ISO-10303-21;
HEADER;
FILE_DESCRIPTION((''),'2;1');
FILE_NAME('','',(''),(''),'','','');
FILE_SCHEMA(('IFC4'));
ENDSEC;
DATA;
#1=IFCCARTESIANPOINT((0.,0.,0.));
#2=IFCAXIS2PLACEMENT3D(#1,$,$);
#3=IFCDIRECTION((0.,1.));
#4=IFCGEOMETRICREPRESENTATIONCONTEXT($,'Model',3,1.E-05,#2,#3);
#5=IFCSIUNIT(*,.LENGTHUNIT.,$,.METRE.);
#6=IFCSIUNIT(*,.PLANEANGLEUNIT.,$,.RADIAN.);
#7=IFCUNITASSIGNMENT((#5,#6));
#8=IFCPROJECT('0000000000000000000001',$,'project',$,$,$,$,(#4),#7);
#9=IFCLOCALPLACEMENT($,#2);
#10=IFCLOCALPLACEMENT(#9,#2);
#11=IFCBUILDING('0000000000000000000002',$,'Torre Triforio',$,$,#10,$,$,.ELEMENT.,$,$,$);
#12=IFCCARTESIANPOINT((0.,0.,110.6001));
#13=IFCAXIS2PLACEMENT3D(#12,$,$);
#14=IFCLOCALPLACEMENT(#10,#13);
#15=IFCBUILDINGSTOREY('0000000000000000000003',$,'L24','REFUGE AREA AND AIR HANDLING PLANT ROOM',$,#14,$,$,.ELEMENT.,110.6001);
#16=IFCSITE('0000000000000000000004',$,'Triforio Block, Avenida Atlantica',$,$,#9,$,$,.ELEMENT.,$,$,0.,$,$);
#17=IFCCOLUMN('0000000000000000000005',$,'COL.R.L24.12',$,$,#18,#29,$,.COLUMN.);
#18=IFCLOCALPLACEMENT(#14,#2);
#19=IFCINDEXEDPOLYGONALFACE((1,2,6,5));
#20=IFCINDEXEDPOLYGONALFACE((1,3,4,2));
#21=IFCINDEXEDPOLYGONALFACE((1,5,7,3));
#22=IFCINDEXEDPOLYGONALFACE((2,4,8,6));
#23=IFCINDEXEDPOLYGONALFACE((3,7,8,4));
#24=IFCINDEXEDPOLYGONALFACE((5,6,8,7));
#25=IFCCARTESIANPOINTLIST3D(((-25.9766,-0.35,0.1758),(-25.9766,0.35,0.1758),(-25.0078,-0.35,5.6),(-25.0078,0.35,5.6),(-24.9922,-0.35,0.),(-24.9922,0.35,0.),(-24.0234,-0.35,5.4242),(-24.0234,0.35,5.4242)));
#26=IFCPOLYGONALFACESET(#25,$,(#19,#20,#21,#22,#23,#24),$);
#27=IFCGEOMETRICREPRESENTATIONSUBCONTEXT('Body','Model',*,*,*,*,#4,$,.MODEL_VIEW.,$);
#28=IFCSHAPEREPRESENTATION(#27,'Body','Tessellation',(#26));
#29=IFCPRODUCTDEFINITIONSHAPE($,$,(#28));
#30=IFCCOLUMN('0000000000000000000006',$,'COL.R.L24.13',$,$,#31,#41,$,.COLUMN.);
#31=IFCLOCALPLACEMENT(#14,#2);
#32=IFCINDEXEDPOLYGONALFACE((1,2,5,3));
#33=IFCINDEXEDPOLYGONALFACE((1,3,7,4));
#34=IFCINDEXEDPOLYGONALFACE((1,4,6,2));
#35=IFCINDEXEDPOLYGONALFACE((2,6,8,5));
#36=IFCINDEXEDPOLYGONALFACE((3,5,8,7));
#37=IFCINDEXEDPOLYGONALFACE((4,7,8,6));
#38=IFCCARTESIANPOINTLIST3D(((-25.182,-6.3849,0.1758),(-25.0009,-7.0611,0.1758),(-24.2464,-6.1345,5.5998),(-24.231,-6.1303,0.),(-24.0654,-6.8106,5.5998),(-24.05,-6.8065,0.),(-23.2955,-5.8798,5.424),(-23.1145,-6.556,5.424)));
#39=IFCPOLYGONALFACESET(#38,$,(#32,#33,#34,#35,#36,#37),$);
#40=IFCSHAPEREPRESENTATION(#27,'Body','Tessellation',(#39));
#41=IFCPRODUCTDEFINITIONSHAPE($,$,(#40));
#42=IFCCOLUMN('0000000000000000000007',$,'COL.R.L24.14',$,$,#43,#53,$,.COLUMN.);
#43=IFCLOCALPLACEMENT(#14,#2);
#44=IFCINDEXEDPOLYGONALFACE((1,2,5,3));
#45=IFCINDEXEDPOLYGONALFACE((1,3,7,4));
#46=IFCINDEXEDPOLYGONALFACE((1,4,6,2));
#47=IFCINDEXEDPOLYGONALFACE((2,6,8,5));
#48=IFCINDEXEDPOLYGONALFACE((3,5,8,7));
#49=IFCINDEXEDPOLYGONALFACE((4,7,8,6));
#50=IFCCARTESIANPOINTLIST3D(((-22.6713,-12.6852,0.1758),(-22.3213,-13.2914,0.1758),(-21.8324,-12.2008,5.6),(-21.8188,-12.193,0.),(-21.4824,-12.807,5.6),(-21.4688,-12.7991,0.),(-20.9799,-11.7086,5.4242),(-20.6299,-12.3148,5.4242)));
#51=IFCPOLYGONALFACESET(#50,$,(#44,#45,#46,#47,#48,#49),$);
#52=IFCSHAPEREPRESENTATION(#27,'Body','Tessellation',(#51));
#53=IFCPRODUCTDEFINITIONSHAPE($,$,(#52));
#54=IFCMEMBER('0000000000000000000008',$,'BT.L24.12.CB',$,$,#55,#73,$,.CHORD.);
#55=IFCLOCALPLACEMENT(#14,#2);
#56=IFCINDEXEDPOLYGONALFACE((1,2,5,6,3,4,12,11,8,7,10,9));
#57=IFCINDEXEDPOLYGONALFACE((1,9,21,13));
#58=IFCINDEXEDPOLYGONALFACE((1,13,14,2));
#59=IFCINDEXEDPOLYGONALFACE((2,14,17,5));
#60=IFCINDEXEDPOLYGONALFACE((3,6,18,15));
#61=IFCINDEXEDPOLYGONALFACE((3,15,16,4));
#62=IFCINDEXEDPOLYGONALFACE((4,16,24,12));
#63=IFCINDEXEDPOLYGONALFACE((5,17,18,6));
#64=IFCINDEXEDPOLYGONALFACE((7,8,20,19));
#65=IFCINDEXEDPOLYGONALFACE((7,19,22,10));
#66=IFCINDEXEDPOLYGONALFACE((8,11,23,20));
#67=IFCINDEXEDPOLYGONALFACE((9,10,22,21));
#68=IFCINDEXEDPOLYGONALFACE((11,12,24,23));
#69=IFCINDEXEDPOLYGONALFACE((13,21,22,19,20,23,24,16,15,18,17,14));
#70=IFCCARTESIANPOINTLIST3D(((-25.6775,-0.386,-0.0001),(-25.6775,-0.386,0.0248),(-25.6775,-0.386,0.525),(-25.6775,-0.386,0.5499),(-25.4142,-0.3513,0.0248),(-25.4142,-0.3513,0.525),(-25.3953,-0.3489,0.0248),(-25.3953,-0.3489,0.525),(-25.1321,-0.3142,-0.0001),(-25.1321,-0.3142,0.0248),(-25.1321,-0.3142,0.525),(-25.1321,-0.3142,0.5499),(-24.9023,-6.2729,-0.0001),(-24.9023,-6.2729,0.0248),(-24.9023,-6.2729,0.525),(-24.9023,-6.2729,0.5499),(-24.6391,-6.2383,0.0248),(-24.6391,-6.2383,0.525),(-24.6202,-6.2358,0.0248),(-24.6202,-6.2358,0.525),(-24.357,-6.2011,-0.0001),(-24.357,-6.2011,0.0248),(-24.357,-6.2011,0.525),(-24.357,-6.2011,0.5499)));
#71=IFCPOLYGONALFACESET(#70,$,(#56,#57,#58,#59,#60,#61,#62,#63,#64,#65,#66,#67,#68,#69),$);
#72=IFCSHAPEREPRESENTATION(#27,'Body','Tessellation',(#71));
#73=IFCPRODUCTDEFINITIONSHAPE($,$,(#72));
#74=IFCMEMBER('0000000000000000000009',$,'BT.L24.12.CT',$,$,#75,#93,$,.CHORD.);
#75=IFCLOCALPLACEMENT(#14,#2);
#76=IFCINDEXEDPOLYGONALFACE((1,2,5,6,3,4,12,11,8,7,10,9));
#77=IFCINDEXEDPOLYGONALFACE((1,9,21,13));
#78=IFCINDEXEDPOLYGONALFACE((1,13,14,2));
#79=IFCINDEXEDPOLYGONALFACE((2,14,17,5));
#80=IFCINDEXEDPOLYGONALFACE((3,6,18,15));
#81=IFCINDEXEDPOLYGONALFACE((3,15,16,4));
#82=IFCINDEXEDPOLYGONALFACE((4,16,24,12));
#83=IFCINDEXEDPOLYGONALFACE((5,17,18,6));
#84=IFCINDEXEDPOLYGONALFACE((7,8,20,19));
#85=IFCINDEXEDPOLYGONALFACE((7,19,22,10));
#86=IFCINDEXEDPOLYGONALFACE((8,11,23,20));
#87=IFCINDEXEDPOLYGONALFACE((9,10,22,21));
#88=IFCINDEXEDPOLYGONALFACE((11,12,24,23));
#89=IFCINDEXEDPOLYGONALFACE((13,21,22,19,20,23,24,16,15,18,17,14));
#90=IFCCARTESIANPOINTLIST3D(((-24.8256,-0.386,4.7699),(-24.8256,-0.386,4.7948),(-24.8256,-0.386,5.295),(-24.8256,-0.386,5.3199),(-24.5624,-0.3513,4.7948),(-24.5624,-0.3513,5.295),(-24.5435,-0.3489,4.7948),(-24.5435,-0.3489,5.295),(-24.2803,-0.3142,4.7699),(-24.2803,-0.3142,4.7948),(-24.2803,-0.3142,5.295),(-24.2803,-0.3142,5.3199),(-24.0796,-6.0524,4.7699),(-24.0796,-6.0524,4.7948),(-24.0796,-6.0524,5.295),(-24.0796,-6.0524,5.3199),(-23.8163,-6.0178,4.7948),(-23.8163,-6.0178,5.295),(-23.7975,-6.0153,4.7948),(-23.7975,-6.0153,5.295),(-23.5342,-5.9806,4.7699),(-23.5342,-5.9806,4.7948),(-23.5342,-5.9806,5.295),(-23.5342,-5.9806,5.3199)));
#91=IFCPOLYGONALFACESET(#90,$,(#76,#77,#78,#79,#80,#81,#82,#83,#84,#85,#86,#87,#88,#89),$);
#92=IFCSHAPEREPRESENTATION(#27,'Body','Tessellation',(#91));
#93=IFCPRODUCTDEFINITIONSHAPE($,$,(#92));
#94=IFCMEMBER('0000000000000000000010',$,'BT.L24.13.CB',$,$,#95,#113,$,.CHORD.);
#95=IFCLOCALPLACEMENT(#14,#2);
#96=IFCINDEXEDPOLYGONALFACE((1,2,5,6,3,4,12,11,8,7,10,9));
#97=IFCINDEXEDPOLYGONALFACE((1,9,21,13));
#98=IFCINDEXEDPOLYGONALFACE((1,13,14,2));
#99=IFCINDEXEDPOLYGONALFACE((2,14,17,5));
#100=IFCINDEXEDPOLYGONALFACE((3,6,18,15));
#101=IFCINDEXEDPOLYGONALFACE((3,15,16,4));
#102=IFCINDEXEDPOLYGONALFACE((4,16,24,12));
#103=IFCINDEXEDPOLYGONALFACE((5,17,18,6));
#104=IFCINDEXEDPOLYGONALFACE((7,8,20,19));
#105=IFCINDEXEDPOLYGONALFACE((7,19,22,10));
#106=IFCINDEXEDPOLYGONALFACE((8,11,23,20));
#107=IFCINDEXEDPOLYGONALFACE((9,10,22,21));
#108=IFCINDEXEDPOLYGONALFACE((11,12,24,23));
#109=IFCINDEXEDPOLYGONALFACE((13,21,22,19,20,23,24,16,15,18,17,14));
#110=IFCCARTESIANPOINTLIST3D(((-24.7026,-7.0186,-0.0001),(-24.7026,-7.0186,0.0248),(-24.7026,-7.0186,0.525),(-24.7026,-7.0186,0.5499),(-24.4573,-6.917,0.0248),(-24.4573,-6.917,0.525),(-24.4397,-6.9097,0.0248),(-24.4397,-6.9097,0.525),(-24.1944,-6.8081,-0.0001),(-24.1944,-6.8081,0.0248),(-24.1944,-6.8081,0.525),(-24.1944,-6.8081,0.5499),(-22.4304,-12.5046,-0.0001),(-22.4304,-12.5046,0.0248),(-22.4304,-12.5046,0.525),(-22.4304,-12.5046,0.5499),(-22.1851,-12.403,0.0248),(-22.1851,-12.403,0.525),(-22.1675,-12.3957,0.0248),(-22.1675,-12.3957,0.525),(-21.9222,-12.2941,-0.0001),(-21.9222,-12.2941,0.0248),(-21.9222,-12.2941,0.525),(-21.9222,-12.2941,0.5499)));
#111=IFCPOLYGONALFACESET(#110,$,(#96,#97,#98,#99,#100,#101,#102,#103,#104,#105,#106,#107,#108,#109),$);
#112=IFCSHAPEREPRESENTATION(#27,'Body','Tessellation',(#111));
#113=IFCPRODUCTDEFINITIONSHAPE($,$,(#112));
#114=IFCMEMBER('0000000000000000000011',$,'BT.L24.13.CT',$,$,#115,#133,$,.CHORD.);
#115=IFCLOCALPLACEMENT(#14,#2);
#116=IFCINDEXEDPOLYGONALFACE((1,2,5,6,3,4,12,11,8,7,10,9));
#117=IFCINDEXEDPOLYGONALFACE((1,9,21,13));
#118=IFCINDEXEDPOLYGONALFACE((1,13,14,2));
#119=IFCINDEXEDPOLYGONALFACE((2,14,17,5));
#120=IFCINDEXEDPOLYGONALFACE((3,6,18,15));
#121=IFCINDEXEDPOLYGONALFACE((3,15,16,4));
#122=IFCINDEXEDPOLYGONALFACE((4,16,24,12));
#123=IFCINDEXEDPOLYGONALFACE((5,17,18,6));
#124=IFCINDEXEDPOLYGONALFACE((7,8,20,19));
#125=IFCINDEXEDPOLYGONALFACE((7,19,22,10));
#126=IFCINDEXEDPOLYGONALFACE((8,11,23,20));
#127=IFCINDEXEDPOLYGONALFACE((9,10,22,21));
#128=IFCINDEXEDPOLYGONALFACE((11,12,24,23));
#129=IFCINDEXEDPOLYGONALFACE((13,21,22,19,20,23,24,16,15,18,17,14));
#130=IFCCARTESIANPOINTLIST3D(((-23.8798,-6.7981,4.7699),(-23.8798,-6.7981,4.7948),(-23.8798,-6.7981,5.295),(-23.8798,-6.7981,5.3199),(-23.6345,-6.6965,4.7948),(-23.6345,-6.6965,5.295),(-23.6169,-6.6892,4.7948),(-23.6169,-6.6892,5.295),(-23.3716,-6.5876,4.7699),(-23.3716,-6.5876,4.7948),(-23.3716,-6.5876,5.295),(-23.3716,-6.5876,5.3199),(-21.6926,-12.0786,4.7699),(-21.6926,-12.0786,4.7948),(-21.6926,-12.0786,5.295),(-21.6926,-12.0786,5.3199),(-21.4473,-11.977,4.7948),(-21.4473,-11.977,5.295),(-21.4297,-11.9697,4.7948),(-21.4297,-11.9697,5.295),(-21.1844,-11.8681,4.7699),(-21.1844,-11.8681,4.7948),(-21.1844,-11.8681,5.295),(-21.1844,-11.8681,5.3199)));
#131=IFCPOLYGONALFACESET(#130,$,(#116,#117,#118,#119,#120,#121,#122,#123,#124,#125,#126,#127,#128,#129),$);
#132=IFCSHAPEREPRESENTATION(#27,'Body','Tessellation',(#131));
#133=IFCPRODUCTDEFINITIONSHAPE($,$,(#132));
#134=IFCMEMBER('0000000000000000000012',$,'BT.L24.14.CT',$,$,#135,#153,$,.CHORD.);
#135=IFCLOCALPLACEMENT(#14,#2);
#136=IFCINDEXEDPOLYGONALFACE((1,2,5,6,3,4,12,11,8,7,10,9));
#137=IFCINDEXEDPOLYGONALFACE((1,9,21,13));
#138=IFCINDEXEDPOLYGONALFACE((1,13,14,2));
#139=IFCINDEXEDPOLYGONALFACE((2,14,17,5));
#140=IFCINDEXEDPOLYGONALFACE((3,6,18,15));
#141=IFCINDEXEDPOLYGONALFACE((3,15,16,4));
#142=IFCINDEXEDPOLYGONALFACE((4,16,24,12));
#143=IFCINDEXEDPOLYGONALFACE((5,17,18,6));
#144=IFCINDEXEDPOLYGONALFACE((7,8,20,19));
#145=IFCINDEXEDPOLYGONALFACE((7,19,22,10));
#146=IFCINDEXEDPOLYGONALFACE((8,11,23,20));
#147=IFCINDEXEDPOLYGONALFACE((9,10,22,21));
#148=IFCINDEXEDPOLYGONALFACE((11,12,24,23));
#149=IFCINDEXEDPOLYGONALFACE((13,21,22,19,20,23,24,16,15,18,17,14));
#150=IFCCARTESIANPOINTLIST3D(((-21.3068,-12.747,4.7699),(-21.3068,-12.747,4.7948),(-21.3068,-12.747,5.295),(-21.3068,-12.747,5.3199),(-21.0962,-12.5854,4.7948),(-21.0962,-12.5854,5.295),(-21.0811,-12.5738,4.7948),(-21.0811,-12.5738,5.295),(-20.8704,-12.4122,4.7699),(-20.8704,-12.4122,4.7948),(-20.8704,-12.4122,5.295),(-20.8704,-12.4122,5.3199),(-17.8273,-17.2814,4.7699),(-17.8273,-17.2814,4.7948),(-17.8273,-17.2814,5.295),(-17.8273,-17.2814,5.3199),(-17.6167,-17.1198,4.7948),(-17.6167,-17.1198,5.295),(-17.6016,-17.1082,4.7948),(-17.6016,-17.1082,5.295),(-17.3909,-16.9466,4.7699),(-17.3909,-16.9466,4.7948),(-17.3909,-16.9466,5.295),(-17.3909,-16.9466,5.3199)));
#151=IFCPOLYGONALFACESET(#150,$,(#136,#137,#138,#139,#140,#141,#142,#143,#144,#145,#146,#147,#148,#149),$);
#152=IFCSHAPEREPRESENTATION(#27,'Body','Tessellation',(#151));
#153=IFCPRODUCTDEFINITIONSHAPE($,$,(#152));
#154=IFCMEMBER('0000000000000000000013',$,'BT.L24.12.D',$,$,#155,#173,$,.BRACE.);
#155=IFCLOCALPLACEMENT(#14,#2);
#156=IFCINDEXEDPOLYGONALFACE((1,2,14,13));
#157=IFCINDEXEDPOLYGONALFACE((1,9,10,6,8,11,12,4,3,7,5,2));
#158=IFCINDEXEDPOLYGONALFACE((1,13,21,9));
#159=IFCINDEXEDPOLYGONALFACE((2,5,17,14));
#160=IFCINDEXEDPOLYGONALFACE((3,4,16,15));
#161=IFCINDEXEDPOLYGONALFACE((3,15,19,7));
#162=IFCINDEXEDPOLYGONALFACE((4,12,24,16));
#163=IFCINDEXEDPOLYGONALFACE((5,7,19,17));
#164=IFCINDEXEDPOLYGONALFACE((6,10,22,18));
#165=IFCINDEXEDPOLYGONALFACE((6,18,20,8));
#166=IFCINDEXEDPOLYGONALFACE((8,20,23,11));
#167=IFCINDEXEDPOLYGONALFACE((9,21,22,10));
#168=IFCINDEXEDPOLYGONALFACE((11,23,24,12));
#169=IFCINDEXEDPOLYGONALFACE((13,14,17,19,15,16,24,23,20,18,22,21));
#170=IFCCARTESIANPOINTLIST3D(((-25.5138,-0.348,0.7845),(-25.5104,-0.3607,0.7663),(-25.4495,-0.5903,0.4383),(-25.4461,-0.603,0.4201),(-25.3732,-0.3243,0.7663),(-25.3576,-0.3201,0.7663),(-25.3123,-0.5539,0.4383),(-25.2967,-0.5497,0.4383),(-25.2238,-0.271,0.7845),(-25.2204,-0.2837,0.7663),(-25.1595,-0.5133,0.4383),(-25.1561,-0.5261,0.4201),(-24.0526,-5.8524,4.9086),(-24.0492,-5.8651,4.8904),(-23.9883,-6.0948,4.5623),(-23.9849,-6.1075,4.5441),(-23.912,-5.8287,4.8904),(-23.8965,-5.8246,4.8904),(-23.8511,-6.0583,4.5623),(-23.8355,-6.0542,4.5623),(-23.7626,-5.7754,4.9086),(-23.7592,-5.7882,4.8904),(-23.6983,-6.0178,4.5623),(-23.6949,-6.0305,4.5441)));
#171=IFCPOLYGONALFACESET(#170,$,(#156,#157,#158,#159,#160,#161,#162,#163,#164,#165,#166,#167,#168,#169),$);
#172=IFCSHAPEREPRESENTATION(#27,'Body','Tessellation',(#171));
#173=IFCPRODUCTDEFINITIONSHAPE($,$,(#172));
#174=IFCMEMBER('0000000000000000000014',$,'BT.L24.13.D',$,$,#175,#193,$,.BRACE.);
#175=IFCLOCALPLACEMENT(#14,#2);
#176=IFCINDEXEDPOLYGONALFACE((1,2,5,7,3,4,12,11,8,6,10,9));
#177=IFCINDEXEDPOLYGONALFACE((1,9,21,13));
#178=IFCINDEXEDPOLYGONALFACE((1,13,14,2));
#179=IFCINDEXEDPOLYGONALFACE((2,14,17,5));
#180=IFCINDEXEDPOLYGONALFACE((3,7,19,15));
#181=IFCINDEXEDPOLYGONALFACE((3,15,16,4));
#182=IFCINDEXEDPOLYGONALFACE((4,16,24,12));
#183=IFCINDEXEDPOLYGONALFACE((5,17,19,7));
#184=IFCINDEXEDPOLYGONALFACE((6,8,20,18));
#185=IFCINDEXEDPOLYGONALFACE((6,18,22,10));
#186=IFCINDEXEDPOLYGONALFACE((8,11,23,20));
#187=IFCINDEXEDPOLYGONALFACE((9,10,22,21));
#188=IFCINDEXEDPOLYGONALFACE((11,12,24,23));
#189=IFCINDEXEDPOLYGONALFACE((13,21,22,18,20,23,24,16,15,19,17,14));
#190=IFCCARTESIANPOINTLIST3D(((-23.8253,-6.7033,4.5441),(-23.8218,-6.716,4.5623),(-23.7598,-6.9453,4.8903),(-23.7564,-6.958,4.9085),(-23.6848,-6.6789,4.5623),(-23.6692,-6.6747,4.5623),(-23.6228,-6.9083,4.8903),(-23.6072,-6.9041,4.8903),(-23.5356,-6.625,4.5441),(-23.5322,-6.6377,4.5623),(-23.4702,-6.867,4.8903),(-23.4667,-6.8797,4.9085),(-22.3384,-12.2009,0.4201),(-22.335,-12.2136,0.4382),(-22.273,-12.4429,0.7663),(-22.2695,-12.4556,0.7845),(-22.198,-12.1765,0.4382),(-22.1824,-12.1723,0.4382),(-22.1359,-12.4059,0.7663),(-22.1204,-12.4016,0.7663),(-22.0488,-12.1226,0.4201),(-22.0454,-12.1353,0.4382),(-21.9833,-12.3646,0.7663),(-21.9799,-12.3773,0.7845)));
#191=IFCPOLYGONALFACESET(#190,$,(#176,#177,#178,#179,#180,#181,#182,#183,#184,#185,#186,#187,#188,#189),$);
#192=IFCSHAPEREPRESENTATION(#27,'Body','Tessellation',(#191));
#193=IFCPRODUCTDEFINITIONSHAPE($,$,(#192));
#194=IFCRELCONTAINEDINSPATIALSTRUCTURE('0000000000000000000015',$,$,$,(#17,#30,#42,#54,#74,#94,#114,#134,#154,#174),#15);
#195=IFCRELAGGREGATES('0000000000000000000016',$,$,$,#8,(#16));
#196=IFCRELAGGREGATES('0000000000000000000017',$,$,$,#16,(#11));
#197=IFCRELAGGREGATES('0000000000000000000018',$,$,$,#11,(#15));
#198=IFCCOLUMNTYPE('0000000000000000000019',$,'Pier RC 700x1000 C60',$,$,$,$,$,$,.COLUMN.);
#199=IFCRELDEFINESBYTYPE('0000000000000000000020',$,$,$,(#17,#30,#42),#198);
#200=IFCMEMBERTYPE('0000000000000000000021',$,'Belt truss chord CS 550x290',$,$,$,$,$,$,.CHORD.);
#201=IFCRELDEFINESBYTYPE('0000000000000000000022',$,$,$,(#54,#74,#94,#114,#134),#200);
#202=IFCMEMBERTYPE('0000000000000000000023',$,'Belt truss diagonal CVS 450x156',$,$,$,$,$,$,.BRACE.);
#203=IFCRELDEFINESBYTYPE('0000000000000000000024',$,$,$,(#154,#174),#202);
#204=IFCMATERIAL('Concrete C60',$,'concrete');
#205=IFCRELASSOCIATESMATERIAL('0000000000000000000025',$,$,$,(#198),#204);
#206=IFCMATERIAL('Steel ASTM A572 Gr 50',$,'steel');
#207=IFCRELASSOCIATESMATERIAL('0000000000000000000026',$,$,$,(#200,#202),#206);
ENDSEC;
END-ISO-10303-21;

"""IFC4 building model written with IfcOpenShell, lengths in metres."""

from ifc_helpers import new_model, si_unit, direction, frame, origin, origin_2d, place, context, subcontext, project, spatial, rectangle, i_section, extrude, material, material_profile, profile_set, type_object, element, save


model = new_model("IFC4")

# Units and contexts
model_context = context("Model", 3, precision=1e-05, world=origin(), true_north=direction((0.0, 1.0)))
body_context = subcontext(model_context, "Body", "Model", "MODEL_VIEW")
ifc_project = project(units=[si_unit("LENGTHUNIT", "METRE"), si_unit("PLANEANGLEUNIT", "RADIAN")], contexts=[model_context])

# Site, building, storey
site_placement = place(None, origin())
site = spatial("IfcSite", under=ifc_project, at=site_placement, Name="Triforio Block, Avenida Atlantica", CompositionType="ELEMENT", RefElevation=0.0)
building_placement = place(site_placement, origin())
building = spatial("IfcBuilding", under=site, at=building_placement, Name="Torre Triforio", CompositionType="ELEMENT")
storey_placement = place(building_placement, frame((0.0, 0.0, 110.6001)))
storey = spatial("IfcBuildingStorey", under=building, at=storey_placement, Name="L24", Description="REFUGE AREA AND AIR HANDLING PLANT ROOM", CompositionType="ELEMENT", Elevation=110.6001)

# Columns
ifc_material_1 = material(Name="Concrete C60", Category="concrete")
ifc_material_profile_1 = material_profile(ifc_material_1, rectangle(XDim=0.7, YDim=1.0, at=origin_2d()), Name="RC 700x1000")
ifc_profile_set_1 = profile_set([ifc_material_profile_1], Name="Concrete C60")
column_type = type_object("IfcColumnType", Name="Pier RC 700x1000 C60", PredefinedType="COLUMN", material=ifc_profile_set_1)
column_1_placement = place(storey_placement, frame((-25.4844, 0.0, 0.0879), z_axis=(0.17582, 0.0, 0.984422), x_axis=(0.0, 1.0, 0.0)))
element("IfcColumn", 1, at=column_1_placement, inside=storey, type_object=column_type, Name="COL.R.L24.12", PredefinedType="COLUMN", context=body_context, shape_type="SweptSolid", body=[
    extrude(rectangle(XDim=0.7, YDim=1.0, at=origin_2d()), origin(), (0.0, 0.0, 1.0), 5.51),
])
column_2_placement = place(storey_placement, frame((-24.616, -6.5957, 0.0879), z_axis=(0.169795, 0.045462, 0.98443), x_axis=(-0.258635, 0.965975, 0.0)))
element("IfcColumn", 2, at=column_2_placement, inside=storey, type_object=column_type, Name="COL.R.L24.13", PredefinedType="COLUMN", context=body_context, shape_type="SweptSolid", body=[
    extrude(rectangle(XDim=0.7, YDim=1.0, at=origin_2d()), origin(), (0.0, 0.0, 1.0), 5.5098),
])
column_3_placement = place(storey_placement, frame((-22.0701, -12.7422, 0.0879), z_axis=(0.152248, 0.08791, 0.984425), x_axis=(-0.500042, 0.866001, 0.0)))
element("IfcColumn", 3, at=column_3_placement, inside=storey, type_object=column_type, Name="COL.R.L24.14", PredefinedType="COLUMN", context=body_context, shape_type="SweptSolid", body=[
    extrude(rectangle(XDim=0.7, YDim=1.0, at=origin_2d()), origin(), (0.0, 0.0, 1.0), 5.51),
])

# Members
ifc_material_2 = material(Name="Steel ASTM A572 Gr 50", Category="steel")
ifc_material_profile_2 = material_profile(ifc_material_2, i_section(OverallWidth=0.55, OverallDepth=0.55, WebThickness=0.019, FlangeThickness=0.0249, at=origin_2d()), Name="CS 550x290")
ifc_profile_set_2 = profile_set([ifc_material_profile_2], Name="Steel ASTM A572 Gr 50")
member_type_1 = type_object("IfcMemberType", Name="Belt truss chord CS 550x290", PredefinedType="CHORD", material=ifc_profile_set_2)
member_1_placement = place(storey_placement, frame((-25.4048, -0.3501, 0.2749), z_axis=(0.130545, -0.991442, 0.0), x_axis=(0.991442, 0.130545, 0.0)))
element("IfcMember", 4, at=member_1_placement, inside=storey, type_object=member_type_1, Name="BT.L24.12.CB", PredefinedType="CHORD", context=body_context, shape_type="SweptSolid", body=[
    extrude(i_section(OverallWidth=0.55, OverallDepth=0.55, WebThickness=0.019, FlangeThickness=0.0249, at=origin_2d()), origin(), (0.0, 0.0, 1.0), 5.9377),
])
member_2_placement = place(storey_placement, frame((-24.553, -0.3501, 5.0449), z_axis=(0.130541, -0.991443, 0.0), x_axis=(0.991443, 0.130541, 0.0)))
element("IfcMember", 5, at=member_2_placement, inside=storey, type_object=member_type_1, Name="BT.L24.12.CT", PredefinedType="CHORD", context=body_context, shape_type="SweptSolid", body=[
    extrude(i_section(OverallWidth=0.55, OverallDepth=0.55, WebThickness=0.019, FlangeThickness=0.0249, at=origin_2d()), origin(), (0.0, 0.0, 1.0), 5.7153),
])
member_3_placement = place(storey_placement, frame((-24.4485, -6.9133, 0.2749), z_axis=(0.382656, -0.923891, 0.0), x_axis=(0.923891, 0.382656, 0.0)))
element("IfcMember", 6, at=member_3_placement, inside=storey, type_object=member_type_1, Name="BT.L24.13.CB", PredefinedType="CHORD", context=body_context, shape_type="SweptSolid", body=[
    extrude(i_section(OverallWidth=0.55, OverallDepth=0.55, WebThickness=0.019, FlangeThickness=0.0249, at=origin_2d()), origin(), (0.0, 0.0, 1.0), 5.938),
])
for number, where, z_axis, x_axis, name in (
    (7, (-23.6257, -6.6929, 5.0449), (0.382683, -0.92388, 0.0), (0.92388, 0.382683, 0.0), "BT.L24.13.CT"),
    (8, (-21.0886, -12.5796, 5.0449), (0.608773, -0.793344, 0.0), (0.793344, 0.608773, 0.0), "BT.L24.14.CT"),
):
    element("IfcMember", number, at=place(storey_placement, frame(where, z_axis=z_axis, x_axis=x_axis)), inside=storey, type_object=member_type_1, Name=name, PredefinedType="CHORD", context=body_context, shape_type="SweptSolid", body=[
        extrude(i_section(OverallWidth=0.55, OverallDepth=0.55, WebThickness=0.019, FlangeThickness=0.0249, at=origin_2d()), origin(), (0.0, 0.0, 1.0), 5.7156),
    ])
ifc_material_profile_3 = material_profile(ifc_material_2, i_section(OverallWidth=0.3, OverallDepth=0.45, WebThickness=0.0161, FlangeThickness=0.0225, at=origin_2d()), Name="CVS 450x156")
ifc_profile_set_3 = profile_set([ifc_material_profile_3], Name="Steel ASTM A572 Gr 50")
member_type_2 = type_object("IfcMemberType", Name="Belt truss diagonal CVS 450x156", PredefinedType="BRACE", material=ifc_profile_set_3)
for number, where, z_axis, x_axis, name in (
    (9, (-25.335, -0.437, 0.6023), (0.207807, -0.782827, 0.586513), (0.966525, 0.256571, 0.0), "BT.L24.12.D"),
    (10, (-23.646, -6.7915, 4.7263), (0.211452, -0.781852, -0.586511), (0.96532, 0.261071, 0.0), "BT.L24.13.D"),
):
    element("IfcMember", number, at=place(storey_placement, frame(where, z_axis=z_axis, x_axis=x_axis)), inside=storey, type_object=member_type_2, Name=name, PredefinedType="BRACE", context=body_context, shape_type="SweptSolid", body=[
        extrude(i_section(OverallWidth=0.3, OverallDepth=0.45, WebThickness=0.0161, FlangeThickness=0.0225, at=origin_2d()), origin(), (0.0, 0.0, 1.0), 7.0315),
    ])

save(model, "model.ifc")
